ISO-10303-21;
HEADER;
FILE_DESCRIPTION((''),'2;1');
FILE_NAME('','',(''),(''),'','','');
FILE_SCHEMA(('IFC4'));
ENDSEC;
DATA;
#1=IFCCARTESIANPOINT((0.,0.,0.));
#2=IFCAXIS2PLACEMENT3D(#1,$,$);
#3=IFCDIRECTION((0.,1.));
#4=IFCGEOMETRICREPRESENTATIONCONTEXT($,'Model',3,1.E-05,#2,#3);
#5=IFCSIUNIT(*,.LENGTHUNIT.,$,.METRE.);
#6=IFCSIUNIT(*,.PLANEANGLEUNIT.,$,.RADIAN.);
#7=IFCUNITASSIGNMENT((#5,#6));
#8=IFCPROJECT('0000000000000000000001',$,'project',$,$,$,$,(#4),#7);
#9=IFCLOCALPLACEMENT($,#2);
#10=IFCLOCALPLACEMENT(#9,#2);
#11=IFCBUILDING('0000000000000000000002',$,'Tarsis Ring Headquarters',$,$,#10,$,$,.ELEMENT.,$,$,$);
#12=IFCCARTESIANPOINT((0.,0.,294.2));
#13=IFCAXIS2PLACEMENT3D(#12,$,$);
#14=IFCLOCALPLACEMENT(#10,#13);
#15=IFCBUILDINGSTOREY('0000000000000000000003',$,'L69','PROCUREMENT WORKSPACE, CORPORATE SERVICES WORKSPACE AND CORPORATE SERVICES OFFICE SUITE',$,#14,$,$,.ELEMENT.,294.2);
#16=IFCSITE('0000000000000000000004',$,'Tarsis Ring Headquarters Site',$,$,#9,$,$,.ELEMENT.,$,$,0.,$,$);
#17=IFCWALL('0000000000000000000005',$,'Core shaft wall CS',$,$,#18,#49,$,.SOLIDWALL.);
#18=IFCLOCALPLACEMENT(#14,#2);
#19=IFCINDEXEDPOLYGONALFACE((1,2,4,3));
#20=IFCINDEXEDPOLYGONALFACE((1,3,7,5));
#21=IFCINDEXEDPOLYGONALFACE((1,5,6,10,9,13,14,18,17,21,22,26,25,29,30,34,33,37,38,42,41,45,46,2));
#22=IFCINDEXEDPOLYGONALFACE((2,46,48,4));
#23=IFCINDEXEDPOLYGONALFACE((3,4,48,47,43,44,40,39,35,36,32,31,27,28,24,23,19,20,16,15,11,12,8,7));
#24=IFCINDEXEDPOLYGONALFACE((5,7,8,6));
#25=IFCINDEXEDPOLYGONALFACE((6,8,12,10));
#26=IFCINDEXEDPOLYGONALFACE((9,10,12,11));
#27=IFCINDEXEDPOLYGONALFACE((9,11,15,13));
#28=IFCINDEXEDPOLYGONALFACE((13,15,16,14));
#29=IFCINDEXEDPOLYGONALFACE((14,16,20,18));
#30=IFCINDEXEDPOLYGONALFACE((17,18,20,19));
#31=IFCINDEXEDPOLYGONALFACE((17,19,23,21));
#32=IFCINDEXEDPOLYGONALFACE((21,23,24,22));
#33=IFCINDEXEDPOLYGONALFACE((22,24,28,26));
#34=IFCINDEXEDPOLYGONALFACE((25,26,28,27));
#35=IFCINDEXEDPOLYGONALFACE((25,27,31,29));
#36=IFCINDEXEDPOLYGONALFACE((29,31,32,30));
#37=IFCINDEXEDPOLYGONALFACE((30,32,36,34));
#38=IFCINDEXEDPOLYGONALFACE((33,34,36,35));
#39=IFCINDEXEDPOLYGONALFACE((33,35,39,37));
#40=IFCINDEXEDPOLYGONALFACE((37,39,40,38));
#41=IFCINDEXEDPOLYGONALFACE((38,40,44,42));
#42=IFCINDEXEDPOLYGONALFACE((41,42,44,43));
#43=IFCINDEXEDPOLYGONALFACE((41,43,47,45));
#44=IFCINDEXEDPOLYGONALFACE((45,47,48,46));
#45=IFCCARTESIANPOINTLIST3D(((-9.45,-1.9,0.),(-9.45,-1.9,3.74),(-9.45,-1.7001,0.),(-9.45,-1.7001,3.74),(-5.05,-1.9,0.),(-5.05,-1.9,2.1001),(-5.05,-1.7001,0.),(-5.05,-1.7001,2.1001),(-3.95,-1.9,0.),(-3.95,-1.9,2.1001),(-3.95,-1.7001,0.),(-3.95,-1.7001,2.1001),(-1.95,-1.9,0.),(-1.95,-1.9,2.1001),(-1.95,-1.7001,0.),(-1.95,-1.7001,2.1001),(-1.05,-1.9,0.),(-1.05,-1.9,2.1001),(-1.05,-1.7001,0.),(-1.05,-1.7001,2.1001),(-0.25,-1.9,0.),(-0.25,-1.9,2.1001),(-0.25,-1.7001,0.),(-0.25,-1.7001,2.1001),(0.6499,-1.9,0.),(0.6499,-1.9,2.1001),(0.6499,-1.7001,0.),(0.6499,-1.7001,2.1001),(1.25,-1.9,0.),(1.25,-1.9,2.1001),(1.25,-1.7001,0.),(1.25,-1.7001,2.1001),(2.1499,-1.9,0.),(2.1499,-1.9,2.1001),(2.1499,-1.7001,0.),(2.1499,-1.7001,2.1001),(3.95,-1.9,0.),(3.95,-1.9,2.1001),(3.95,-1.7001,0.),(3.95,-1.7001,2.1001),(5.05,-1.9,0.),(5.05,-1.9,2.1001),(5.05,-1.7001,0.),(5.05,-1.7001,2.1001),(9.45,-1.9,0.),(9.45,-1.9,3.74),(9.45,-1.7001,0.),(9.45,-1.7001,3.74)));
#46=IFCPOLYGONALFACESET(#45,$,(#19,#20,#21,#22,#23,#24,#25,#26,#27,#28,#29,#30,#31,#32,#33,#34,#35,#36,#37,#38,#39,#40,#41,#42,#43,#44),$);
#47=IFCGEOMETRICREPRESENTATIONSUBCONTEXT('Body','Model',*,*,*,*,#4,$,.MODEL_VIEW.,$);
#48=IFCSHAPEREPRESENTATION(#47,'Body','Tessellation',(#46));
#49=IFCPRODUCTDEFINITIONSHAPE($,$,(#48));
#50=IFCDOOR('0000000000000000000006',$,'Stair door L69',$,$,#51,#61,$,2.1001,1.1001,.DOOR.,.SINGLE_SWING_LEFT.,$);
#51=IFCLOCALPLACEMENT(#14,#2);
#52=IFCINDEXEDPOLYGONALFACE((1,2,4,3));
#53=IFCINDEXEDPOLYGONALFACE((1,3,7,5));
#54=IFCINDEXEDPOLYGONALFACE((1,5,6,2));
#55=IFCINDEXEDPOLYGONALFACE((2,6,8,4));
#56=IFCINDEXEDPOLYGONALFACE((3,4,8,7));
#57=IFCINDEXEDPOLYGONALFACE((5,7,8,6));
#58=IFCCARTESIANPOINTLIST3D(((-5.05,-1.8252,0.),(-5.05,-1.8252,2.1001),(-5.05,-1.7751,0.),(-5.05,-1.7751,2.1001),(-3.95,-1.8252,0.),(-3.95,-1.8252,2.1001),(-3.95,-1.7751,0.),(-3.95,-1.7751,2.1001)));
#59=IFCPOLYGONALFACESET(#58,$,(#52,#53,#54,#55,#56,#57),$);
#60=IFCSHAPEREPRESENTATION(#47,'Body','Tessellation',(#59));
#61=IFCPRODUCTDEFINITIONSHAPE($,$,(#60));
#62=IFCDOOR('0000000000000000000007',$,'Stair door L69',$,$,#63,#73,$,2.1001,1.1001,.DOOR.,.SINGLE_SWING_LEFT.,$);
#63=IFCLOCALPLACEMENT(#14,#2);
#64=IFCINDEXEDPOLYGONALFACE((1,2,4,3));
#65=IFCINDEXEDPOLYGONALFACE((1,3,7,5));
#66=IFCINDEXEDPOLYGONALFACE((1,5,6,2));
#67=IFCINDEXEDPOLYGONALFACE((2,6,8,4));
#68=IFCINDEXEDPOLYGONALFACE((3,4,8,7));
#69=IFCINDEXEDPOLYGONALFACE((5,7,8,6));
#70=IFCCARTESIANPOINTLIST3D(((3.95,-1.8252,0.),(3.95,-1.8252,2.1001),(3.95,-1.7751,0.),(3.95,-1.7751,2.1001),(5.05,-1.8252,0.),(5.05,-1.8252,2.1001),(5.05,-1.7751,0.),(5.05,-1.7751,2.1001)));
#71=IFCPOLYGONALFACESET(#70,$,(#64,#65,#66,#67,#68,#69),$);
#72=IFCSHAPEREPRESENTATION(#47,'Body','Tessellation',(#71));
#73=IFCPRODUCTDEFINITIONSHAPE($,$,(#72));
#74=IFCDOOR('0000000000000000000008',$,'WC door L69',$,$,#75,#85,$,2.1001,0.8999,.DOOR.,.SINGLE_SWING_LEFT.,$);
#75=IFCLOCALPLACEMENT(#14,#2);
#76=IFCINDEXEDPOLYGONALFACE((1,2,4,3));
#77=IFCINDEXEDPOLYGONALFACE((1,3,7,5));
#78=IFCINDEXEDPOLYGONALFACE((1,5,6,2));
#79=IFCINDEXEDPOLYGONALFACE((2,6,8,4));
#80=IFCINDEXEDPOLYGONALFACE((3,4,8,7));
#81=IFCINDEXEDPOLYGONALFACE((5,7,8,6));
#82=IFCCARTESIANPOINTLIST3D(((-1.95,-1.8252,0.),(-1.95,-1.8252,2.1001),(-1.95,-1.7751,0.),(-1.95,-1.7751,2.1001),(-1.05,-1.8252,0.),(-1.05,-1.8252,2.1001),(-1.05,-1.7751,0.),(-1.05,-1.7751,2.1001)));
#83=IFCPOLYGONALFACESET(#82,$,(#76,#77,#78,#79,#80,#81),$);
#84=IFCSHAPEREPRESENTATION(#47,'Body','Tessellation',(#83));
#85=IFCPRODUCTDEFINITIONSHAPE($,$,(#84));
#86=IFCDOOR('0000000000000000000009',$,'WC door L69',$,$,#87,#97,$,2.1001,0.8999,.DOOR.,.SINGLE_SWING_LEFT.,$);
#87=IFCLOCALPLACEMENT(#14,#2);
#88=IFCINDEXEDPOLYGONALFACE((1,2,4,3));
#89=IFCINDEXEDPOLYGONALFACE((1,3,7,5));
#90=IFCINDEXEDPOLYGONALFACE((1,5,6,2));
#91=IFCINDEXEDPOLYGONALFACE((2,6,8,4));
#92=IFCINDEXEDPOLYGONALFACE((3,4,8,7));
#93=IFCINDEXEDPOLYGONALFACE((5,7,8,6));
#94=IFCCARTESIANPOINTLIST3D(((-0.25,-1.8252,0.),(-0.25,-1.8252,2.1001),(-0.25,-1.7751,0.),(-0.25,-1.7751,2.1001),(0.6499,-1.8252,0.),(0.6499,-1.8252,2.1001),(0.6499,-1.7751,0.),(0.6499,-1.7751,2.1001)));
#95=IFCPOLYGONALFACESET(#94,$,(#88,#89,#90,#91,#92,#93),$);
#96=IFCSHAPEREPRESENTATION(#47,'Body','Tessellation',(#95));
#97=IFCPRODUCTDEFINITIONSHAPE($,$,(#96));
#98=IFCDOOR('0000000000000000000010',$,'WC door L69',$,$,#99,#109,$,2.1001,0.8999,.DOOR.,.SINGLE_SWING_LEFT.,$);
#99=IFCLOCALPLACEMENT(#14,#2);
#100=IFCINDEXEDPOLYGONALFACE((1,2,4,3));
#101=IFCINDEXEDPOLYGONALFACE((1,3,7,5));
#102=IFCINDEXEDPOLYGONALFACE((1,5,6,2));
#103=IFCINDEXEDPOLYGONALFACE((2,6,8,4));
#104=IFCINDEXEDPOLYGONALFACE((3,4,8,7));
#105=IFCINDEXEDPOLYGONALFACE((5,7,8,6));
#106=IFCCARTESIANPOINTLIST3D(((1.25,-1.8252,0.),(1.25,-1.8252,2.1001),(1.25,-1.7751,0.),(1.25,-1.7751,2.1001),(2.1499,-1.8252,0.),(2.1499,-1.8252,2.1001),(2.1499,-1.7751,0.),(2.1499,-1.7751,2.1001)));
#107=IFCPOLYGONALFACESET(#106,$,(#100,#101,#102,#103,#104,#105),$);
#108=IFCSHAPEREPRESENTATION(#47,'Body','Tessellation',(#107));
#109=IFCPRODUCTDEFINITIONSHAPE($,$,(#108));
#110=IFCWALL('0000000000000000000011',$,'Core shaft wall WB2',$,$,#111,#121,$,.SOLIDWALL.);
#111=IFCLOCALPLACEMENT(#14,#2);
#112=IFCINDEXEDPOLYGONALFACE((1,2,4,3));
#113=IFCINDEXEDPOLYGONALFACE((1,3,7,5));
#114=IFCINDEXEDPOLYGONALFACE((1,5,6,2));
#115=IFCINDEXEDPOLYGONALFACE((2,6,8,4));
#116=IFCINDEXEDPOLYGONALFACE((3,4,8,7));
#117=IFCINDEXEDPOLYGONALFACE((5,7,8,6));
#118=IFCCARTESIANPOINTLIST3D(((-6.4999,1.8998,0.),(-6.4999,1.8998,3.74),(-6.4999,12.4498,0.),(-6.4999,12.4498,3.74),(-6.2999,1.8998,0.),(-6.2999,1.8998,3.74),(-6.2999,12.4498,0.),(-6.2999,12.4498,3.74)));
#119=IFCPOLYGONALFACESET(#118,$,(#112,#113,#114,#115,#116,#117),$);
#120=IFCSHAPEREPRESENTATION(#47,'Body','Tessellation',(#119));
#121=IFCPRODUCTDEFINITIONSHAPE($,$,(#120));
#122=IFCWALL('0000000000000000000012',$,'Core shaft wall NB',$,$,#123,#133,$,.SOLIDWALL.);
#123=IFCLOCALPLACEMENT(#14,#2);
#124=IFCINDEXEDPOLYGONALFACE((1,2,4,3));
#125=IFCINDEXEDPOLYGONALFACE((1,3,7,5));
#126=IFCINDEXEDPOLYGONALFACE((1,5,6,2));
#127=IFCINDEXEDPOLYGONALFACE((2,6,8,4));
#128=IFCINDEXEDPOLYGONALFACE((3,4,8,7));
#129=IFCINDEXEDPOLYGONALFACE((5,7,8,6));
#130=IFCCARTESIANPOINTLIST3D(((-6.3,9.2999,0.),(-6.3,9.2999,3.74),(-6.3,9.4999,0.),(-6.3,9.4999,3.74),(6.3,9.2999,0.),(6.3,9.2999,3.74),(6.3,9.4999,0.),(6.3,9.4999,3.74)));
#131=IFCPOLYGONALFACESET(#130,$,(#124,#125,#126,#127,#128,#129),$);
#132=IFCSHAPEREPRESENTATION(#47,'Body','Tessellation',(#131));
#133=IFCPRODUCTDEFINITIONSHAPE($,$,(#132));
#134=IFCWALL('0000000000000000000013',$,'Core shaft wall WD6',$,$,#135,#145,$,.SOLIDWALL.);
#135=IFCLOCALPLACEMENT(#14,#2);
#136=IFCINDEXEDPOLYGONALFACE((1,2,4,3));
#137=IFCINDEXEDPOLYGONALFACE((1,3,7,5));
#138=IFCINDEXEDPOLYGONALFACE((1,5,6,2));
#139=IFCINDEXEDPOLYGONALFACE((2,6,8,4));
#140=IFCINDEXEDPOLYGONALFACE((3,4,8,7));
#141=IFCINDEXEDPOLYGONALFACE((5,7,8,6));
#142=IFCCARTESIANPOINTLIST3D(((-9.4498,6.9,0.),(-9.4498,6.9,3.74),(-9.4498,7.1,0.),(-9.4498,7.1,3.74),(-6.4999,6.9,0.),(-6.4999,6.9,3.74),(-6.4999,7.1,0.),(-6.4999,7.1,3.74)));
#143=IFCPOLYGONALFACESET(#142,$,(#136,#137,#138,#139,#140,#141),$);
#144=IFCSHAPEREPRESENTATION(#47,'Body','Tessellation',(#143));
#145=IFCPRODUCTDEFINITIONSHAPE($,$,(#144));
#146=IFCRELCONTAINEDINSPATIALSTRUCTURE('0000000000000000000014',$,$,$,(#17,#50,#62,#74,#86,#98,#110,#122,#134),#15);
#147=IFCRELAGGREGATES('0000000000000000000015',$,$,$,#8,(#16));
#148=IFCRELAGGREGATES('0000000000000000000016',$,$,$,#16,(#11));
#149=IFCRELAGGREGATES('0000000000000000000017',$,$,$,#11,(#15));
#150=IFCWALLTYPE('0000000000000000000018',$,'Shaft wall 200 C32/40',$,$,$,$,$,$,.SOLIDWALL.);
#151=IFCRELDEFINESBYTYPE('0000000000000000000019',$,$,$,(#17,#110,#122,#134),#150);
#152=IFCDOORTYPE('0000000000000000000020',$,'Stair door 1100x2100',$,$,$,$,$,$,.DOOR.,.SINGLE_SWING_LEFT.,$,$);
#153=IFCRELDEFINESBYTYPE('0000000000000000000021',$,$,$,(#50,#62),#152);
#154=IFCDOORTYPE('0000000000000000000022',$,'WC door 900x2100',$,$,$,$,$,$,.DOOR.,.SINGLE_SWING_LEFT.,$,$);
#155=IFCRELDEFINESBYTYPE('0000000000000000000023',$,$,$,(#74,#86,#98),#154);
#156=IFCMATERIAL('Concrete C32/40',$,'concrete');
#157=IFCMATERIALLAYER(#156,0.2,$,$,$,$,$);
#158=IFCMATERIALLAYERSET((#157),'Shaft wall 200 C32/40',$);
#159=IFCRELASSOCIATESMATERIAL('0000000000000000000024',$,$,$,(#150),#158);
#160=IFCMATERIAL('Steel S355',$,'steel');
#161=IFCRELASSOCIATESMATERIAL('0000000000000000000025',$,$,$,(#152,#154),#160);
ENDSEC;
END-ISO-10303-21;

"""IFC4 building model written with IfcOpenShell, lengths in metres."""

from ifc_helpers import new_model, si_unit, direction, frame, frame_2d, origin, place, context, subcontext, project, spatial, rectangle, extrude, material, layer, layer_set, type_object, element, fill, save


model = new_model("IFC4")

# Units and contexts
model_context = context("Model", 3, precision=1e-05, world=origin(), true_north=direction((0.0, 1.0)))
body_context = subcontext(model_context, "Body", "Model", "MODEL_VIEW")
ifc_project = project(units=[si_unit("LENGTHUNIT", "METRE"), si_unit("PLANEANGLEUNIT", "RADIAN")], contexts=[model_context])

# Site, building, storey
site_placement = place(None, origin())
site = spatial("IfcSite", under=ifc_project, at=site_placement, Name="Tarsis Ring Headquarters Site", CompositionType="ELEMENT", RefElevation=0.0)
building_placement = place(site_placement, origin())
building = spatial("IfcBuilding", under=site, at=building_placement, Name="Tarsis Ring Headquarters", CompositionType="ELEMENT")
storey_placement = place(building_placement, frame((0.0, 0.0, 294.2)))
storey = spatial("IfcBuildingStorey", under=building, at=storey_placement, Name="L69", Description="PROCUREMENT WORKSPACE, CORPORATE SERVICES WORKSPACE AND CORPORATE SERVICES OFFICE SUITE", CompositionType="ELEMENT", Elevation=294.2)

# Shared definitions
ifc_material_1 = material(Name="Steel S355", Category="steel")

# Shared definitions
ifc_material_2 = material(Name="Concrete C32/40", Category="concrete")

# Wall, openings, doors
ifc_layer_1 = layer(ifc_material_2, 0.2)
ifc_layer_set_1 = layer_set([ifc_layer_1], Name="Shaft wall 200 C32/40")
wall_type_1 = type_object("IfcWallType", Name="Shaft wall 200 C32/40", PredefinedType="SOLIDWALL", material=ifc_layer_set_1)
door_type_1 = type_object("IfcDoorType", Name="Stair door 1100x2100", OperationType="SINGLE_SWING_LEFT", PredefinedType="DOOR", material=ifc_material_1)
wall_1_placement = place(storey_placement, frame((-9.45, -1.8, 0.0), z_axis=(0.0, 0.0, 1.0), x_axis=(1.0, 0.0, 0.0)))
wall_1 = element("IfcWall", 1, at=wall_1_placement, inside=storey, type_object=wall_type_1, Name="Core shaft wall CS", PredefinedType="SOLIDWALL", context=body_context, shape_type="SweptSolid", body=[
    extrude(rectangle(XDim=18.8999, YDim=0.2, at=frame_2d((9.45, 0.0))), origin(), (0.0, 0.0, 1.0), 3.74),
])
opening_1_placement = place(wall_1_placement, frame((4.3999, 0.0, 0.0)))
opening_1 = element("IfcOpeningElement", 2, at=opening_1_placement, cuts=wall_1, PredefinedType="OPENING", context=body_context, shape_type="SweptSolid", body=[
    extrude(rectangle(XDim=1.1001, YDim=2.1001, at=frame_2d((0.55, 1.05))), frame((0.0, 0.1099, 0.0), z_axis=(0.0, -1.0, 0.0), x_axis=(1.0, 0.0, 0.0)), (0.0, 0.0, 1.0), 0.22),
])
opening_2_placement = place(wall_1_placement, frame((7.5, 0.0, 0.0)))
opening_2 = element("IfcOpeningElement", 3, at=opening_2_placement, cuts=wall_1, PredefinedType="OPENING", context=body_context, shape_type="SweptSolid", body=[
    extrude(rectangle(XDim=0.8999, YDim=2.1001, at=frame_2d((0.45, 1.05))), frame((0.0, 0.1099, 0.0), z_axis=(0.0, -1.0, 0.0), x_axis=(1.0, 0.0, 0.0)), (0.0, 0.0, 1.0), 0.22),
])
opening_3_placement = place(wall_1_placement, frame((9.2, 0.0, 0.0)))
opening_3 = element("IfcOpeningElement", 4, at=opening_3_placement, cuts=wall_1, PredefinedType="OPENING", context=body_context, shape_type="SweptSolid", body=[
    extrude(rectangle(XDim=0.8999, YDim=2.1001, at=frame_2d((0.45, 1.05))), frame((0.0, 0.1099, 0.0), z_axis=(0.0, -1.0, 0.0), x_axis=(1.0, 0.0, 0.0)), (0.0, 0.0, 1.0), 0.22),
])
opening_4_placement = place(wall_1_placement, frame((10.7, 0.0, 0.0)))
opening_4 = element("IfcOpeningElement", 5, at=opening_4_placement, cuts=wall_1, PredefinedType="OPENING", context=body_context, shape_type="SweptSolid", body=[
    extrude(rectangle(XDim=0.8999, YDim=2.1001, at=frame_2d((0.45, 1.05))), frame((0.0, 0.1099, 0.0), z_axis=(0.0, -1.0, 0.0), x_axis=(1.0, 0.0, 0.0)), (0.0, 0.0, 1.0), 0.22),
])
opening_5_placement = place(wall_1_placement, frame((13.3999, 0.0, 0.0)))
opening_5 = element("IfcOpeningElement", 6, at=opening_5_placement, cuts=wall_1, PredefinedType="OPENING", context=body_context, shape_type="SweptSolid", body=[
    extrude(rectangle(XDim=1.1001, YDim=2.1001, at=frame_2d((0.55, 1.05))), frame((0.0, 0.1099, 0.0), z_axis=(0.0, -1.0, 0.0), x_axis=(1.0, 0.0, 0.0)), (0.0, 0.0, 1.0), 0.22),
])
door_1_placement = place(opening_1_placement, origin())
door_1 = element("IfcDoor", 7, at=door_1_placement, inside=storey, type_object=door_type_1, Name="Stair door L69", OperationType="SINGLE_SWING_LEFT", OverallHeight=2.1001, OverallWidth=1.1001, PredefinedType="DOOR", context=body_context, shape_type="SweptSolid", body=[
    extrude(rectangle(XDim=1.1001, YDim=2.1001, at=frame_2d((0.55, 1.05))), frame((0.0, 0.0249, 0.0), z_axis=(0.0, -1.0, 0.0), x_axis=(1.0, 0.0, 0.0)), (0.0, 0.0, 1.0), 0.05),
])
fill(opening_1, door_1)
door_2_placement = place(opening_5_placement, origin())
door_2 = element("IfcDoor", 8, at=door_2_placement, inside=storey, type_object=door_type_1, Name="Stair door L69", OperationType="SINGLE_SWING_LEFT", OverallHeight=2.1001, OverallWidth=1.1001, PredefinedType="DOOR", context=body_context, shape_type="SweptSolid", body=[
    extrude(rectangle(XDim=1.1001, YDim=2.1001, at=frame_2d((0.55, 1.05))), frame((0.0, 0.0249, 0.0), z_axis=(0.0, -1.0, 0.0), x_axis=(1.0, 0.0, 0.0)), (0.0, 0.0, 1.0), 0.05),
])
fill(opening_5, door_2)
door_type_2 = type_object("IfcDoorType", Name="WC door 900x2100", OperationType="SINGLE_SWING_LEFT", PredefinedType="DOOR", material=ifc_material_1)
door_3_placement = place(opening_2_placement, origin())
door_3 = element("IfcDoor", 9, at=door_3_placement, inside=storey, type_object=door_type_2, Name="WC door L69", OperationType="SINGLE_SWING_LEFT", OverallHeight=2.1001, OverallWidth=0.8999, PredefinedType="DOOR", context=body_context, shape_type="SweptSolid", body=[
    extrude(rectangle(XDim=0.8999, YDim=2.1001, at=frame_2d((0.45, 1.05))), frame((0.0, 0.0249, 0.0), z_axis=(0.0, -1.0, 0.0), x_axis=(1.0, 0.0, 0.0)), (0.0, 0.0, 1.0), 0.05),
])
fill(opening_2, door_3)
door_4_placement = place(opening_3_placement, origin())
door_4 = element("IfcDoor", 10, at=door_4_placement, inside=storey, type_object=door_type_2, Name="WC door L69", OperationType="SINGLE_SWING_LEFT", OverallHeight=2.1001, OverallWidth=0.8999, PredefinedType="DOOR", context=body_context, shape_type="SweptSolid", body=[
    extrude(rectangle(XDim=0.8999, YDim=2.1001, at=frame_2d((0.45, 1.05))), frame((0.0, 0.0249, 0.0), z_axis=(0.0, -1.0, 0.0), x_axis=(1.0, 0.0, 0.0)), (0.0, 0.0, 1.0), 0.05),
])
fill(opening_3, door_4)
door_5_placement = place(opening_4_placement, origin())
door_5 = element("IfcDoor", 11, at=door_5_placement, inside=storey, type_object=door_type_2, Name="WC door L69", OperationType="SINGLE_SWING_LEFT", OverallHeight=2.1001, OverallWidth=0.8999, PredefinedType="DOOR", context=body_context, shape_type="SweptSolid", body=[
    extrude(rectangle(XDim=0.8999, YDim=2.1001, at=frame_2d((0.45, 1.05))), frame((0.0, 0.0249, 0.0), z_axis=(0.0, -1.0, 0.0), x_axis=(1.0, 0.0, 0.0)), (0.0, 0.0, 1.0), 0.05),
])
fill(opening_4, door_5)

# Walls
wall_2_placement = place(storey_placement, frame((-6.3999, 1.8999, 0.0), z_axis=(0.0, 0.0, 1.0), x_axis=(0.0, 1.0, 0.0)))
element("IfcWall", 12, at=wall_2_placement, inside=storey, type_object=wall_type_1, Name="Core shaft wall WB2", PredefinedType="SOLIDWALL", context=body_context, shape_type="SweptSolid", body=[
    extrude(rectangle(XDim=10.55, YDim=0.2, at=frame_2d((5.2749, 0.0))), origin(), (0.0, 0.0, 1.0), 3.74),
])
wall_3_placement = place(storey_placement, frame((-6.3, 9.3999, 0.0), z_axis=(0.0, 0.0, 1.0), x_axis=(1.0, 0.0, 0.0)))
element("IfcWall", 13, at=wall_3_placement, inside=storey, type_object=wall_type_1, Name="Core shaft wall NB", PredefinedType="SOLIDWALL", context=body_context, shape_type="SweptSolid", body=[
    extrude(rectangle(XDim=12.6001, YDim=0.2, at=frame_2d((6.3, 0.0))), origin(), (0.0, 0.0, 1.0), 3.74),
])
wall_4_placement = place(storey_placement, frame((-9.45, 7.0, 0.0), z_axis=(0.0, 0.0, 1.0), x_axis=(1.0, 0.0, 0.0)))
element("IfcWall", 14, at=wall_4_placement, inside=storey, type_object=wall_type_1, Name="Core shaft wall WD6", PredefinedType="SOLIDWALL", context=body_context, shape_type="SweptSolid", body=[
    extrude(rectangle(XDim=2.95, YDim=0.2, at=frame_2d((1.4751, 0.0))), origin(), (0.0, 0.0, 1.0), 3.74),
])

save(model, "model.ifc")
